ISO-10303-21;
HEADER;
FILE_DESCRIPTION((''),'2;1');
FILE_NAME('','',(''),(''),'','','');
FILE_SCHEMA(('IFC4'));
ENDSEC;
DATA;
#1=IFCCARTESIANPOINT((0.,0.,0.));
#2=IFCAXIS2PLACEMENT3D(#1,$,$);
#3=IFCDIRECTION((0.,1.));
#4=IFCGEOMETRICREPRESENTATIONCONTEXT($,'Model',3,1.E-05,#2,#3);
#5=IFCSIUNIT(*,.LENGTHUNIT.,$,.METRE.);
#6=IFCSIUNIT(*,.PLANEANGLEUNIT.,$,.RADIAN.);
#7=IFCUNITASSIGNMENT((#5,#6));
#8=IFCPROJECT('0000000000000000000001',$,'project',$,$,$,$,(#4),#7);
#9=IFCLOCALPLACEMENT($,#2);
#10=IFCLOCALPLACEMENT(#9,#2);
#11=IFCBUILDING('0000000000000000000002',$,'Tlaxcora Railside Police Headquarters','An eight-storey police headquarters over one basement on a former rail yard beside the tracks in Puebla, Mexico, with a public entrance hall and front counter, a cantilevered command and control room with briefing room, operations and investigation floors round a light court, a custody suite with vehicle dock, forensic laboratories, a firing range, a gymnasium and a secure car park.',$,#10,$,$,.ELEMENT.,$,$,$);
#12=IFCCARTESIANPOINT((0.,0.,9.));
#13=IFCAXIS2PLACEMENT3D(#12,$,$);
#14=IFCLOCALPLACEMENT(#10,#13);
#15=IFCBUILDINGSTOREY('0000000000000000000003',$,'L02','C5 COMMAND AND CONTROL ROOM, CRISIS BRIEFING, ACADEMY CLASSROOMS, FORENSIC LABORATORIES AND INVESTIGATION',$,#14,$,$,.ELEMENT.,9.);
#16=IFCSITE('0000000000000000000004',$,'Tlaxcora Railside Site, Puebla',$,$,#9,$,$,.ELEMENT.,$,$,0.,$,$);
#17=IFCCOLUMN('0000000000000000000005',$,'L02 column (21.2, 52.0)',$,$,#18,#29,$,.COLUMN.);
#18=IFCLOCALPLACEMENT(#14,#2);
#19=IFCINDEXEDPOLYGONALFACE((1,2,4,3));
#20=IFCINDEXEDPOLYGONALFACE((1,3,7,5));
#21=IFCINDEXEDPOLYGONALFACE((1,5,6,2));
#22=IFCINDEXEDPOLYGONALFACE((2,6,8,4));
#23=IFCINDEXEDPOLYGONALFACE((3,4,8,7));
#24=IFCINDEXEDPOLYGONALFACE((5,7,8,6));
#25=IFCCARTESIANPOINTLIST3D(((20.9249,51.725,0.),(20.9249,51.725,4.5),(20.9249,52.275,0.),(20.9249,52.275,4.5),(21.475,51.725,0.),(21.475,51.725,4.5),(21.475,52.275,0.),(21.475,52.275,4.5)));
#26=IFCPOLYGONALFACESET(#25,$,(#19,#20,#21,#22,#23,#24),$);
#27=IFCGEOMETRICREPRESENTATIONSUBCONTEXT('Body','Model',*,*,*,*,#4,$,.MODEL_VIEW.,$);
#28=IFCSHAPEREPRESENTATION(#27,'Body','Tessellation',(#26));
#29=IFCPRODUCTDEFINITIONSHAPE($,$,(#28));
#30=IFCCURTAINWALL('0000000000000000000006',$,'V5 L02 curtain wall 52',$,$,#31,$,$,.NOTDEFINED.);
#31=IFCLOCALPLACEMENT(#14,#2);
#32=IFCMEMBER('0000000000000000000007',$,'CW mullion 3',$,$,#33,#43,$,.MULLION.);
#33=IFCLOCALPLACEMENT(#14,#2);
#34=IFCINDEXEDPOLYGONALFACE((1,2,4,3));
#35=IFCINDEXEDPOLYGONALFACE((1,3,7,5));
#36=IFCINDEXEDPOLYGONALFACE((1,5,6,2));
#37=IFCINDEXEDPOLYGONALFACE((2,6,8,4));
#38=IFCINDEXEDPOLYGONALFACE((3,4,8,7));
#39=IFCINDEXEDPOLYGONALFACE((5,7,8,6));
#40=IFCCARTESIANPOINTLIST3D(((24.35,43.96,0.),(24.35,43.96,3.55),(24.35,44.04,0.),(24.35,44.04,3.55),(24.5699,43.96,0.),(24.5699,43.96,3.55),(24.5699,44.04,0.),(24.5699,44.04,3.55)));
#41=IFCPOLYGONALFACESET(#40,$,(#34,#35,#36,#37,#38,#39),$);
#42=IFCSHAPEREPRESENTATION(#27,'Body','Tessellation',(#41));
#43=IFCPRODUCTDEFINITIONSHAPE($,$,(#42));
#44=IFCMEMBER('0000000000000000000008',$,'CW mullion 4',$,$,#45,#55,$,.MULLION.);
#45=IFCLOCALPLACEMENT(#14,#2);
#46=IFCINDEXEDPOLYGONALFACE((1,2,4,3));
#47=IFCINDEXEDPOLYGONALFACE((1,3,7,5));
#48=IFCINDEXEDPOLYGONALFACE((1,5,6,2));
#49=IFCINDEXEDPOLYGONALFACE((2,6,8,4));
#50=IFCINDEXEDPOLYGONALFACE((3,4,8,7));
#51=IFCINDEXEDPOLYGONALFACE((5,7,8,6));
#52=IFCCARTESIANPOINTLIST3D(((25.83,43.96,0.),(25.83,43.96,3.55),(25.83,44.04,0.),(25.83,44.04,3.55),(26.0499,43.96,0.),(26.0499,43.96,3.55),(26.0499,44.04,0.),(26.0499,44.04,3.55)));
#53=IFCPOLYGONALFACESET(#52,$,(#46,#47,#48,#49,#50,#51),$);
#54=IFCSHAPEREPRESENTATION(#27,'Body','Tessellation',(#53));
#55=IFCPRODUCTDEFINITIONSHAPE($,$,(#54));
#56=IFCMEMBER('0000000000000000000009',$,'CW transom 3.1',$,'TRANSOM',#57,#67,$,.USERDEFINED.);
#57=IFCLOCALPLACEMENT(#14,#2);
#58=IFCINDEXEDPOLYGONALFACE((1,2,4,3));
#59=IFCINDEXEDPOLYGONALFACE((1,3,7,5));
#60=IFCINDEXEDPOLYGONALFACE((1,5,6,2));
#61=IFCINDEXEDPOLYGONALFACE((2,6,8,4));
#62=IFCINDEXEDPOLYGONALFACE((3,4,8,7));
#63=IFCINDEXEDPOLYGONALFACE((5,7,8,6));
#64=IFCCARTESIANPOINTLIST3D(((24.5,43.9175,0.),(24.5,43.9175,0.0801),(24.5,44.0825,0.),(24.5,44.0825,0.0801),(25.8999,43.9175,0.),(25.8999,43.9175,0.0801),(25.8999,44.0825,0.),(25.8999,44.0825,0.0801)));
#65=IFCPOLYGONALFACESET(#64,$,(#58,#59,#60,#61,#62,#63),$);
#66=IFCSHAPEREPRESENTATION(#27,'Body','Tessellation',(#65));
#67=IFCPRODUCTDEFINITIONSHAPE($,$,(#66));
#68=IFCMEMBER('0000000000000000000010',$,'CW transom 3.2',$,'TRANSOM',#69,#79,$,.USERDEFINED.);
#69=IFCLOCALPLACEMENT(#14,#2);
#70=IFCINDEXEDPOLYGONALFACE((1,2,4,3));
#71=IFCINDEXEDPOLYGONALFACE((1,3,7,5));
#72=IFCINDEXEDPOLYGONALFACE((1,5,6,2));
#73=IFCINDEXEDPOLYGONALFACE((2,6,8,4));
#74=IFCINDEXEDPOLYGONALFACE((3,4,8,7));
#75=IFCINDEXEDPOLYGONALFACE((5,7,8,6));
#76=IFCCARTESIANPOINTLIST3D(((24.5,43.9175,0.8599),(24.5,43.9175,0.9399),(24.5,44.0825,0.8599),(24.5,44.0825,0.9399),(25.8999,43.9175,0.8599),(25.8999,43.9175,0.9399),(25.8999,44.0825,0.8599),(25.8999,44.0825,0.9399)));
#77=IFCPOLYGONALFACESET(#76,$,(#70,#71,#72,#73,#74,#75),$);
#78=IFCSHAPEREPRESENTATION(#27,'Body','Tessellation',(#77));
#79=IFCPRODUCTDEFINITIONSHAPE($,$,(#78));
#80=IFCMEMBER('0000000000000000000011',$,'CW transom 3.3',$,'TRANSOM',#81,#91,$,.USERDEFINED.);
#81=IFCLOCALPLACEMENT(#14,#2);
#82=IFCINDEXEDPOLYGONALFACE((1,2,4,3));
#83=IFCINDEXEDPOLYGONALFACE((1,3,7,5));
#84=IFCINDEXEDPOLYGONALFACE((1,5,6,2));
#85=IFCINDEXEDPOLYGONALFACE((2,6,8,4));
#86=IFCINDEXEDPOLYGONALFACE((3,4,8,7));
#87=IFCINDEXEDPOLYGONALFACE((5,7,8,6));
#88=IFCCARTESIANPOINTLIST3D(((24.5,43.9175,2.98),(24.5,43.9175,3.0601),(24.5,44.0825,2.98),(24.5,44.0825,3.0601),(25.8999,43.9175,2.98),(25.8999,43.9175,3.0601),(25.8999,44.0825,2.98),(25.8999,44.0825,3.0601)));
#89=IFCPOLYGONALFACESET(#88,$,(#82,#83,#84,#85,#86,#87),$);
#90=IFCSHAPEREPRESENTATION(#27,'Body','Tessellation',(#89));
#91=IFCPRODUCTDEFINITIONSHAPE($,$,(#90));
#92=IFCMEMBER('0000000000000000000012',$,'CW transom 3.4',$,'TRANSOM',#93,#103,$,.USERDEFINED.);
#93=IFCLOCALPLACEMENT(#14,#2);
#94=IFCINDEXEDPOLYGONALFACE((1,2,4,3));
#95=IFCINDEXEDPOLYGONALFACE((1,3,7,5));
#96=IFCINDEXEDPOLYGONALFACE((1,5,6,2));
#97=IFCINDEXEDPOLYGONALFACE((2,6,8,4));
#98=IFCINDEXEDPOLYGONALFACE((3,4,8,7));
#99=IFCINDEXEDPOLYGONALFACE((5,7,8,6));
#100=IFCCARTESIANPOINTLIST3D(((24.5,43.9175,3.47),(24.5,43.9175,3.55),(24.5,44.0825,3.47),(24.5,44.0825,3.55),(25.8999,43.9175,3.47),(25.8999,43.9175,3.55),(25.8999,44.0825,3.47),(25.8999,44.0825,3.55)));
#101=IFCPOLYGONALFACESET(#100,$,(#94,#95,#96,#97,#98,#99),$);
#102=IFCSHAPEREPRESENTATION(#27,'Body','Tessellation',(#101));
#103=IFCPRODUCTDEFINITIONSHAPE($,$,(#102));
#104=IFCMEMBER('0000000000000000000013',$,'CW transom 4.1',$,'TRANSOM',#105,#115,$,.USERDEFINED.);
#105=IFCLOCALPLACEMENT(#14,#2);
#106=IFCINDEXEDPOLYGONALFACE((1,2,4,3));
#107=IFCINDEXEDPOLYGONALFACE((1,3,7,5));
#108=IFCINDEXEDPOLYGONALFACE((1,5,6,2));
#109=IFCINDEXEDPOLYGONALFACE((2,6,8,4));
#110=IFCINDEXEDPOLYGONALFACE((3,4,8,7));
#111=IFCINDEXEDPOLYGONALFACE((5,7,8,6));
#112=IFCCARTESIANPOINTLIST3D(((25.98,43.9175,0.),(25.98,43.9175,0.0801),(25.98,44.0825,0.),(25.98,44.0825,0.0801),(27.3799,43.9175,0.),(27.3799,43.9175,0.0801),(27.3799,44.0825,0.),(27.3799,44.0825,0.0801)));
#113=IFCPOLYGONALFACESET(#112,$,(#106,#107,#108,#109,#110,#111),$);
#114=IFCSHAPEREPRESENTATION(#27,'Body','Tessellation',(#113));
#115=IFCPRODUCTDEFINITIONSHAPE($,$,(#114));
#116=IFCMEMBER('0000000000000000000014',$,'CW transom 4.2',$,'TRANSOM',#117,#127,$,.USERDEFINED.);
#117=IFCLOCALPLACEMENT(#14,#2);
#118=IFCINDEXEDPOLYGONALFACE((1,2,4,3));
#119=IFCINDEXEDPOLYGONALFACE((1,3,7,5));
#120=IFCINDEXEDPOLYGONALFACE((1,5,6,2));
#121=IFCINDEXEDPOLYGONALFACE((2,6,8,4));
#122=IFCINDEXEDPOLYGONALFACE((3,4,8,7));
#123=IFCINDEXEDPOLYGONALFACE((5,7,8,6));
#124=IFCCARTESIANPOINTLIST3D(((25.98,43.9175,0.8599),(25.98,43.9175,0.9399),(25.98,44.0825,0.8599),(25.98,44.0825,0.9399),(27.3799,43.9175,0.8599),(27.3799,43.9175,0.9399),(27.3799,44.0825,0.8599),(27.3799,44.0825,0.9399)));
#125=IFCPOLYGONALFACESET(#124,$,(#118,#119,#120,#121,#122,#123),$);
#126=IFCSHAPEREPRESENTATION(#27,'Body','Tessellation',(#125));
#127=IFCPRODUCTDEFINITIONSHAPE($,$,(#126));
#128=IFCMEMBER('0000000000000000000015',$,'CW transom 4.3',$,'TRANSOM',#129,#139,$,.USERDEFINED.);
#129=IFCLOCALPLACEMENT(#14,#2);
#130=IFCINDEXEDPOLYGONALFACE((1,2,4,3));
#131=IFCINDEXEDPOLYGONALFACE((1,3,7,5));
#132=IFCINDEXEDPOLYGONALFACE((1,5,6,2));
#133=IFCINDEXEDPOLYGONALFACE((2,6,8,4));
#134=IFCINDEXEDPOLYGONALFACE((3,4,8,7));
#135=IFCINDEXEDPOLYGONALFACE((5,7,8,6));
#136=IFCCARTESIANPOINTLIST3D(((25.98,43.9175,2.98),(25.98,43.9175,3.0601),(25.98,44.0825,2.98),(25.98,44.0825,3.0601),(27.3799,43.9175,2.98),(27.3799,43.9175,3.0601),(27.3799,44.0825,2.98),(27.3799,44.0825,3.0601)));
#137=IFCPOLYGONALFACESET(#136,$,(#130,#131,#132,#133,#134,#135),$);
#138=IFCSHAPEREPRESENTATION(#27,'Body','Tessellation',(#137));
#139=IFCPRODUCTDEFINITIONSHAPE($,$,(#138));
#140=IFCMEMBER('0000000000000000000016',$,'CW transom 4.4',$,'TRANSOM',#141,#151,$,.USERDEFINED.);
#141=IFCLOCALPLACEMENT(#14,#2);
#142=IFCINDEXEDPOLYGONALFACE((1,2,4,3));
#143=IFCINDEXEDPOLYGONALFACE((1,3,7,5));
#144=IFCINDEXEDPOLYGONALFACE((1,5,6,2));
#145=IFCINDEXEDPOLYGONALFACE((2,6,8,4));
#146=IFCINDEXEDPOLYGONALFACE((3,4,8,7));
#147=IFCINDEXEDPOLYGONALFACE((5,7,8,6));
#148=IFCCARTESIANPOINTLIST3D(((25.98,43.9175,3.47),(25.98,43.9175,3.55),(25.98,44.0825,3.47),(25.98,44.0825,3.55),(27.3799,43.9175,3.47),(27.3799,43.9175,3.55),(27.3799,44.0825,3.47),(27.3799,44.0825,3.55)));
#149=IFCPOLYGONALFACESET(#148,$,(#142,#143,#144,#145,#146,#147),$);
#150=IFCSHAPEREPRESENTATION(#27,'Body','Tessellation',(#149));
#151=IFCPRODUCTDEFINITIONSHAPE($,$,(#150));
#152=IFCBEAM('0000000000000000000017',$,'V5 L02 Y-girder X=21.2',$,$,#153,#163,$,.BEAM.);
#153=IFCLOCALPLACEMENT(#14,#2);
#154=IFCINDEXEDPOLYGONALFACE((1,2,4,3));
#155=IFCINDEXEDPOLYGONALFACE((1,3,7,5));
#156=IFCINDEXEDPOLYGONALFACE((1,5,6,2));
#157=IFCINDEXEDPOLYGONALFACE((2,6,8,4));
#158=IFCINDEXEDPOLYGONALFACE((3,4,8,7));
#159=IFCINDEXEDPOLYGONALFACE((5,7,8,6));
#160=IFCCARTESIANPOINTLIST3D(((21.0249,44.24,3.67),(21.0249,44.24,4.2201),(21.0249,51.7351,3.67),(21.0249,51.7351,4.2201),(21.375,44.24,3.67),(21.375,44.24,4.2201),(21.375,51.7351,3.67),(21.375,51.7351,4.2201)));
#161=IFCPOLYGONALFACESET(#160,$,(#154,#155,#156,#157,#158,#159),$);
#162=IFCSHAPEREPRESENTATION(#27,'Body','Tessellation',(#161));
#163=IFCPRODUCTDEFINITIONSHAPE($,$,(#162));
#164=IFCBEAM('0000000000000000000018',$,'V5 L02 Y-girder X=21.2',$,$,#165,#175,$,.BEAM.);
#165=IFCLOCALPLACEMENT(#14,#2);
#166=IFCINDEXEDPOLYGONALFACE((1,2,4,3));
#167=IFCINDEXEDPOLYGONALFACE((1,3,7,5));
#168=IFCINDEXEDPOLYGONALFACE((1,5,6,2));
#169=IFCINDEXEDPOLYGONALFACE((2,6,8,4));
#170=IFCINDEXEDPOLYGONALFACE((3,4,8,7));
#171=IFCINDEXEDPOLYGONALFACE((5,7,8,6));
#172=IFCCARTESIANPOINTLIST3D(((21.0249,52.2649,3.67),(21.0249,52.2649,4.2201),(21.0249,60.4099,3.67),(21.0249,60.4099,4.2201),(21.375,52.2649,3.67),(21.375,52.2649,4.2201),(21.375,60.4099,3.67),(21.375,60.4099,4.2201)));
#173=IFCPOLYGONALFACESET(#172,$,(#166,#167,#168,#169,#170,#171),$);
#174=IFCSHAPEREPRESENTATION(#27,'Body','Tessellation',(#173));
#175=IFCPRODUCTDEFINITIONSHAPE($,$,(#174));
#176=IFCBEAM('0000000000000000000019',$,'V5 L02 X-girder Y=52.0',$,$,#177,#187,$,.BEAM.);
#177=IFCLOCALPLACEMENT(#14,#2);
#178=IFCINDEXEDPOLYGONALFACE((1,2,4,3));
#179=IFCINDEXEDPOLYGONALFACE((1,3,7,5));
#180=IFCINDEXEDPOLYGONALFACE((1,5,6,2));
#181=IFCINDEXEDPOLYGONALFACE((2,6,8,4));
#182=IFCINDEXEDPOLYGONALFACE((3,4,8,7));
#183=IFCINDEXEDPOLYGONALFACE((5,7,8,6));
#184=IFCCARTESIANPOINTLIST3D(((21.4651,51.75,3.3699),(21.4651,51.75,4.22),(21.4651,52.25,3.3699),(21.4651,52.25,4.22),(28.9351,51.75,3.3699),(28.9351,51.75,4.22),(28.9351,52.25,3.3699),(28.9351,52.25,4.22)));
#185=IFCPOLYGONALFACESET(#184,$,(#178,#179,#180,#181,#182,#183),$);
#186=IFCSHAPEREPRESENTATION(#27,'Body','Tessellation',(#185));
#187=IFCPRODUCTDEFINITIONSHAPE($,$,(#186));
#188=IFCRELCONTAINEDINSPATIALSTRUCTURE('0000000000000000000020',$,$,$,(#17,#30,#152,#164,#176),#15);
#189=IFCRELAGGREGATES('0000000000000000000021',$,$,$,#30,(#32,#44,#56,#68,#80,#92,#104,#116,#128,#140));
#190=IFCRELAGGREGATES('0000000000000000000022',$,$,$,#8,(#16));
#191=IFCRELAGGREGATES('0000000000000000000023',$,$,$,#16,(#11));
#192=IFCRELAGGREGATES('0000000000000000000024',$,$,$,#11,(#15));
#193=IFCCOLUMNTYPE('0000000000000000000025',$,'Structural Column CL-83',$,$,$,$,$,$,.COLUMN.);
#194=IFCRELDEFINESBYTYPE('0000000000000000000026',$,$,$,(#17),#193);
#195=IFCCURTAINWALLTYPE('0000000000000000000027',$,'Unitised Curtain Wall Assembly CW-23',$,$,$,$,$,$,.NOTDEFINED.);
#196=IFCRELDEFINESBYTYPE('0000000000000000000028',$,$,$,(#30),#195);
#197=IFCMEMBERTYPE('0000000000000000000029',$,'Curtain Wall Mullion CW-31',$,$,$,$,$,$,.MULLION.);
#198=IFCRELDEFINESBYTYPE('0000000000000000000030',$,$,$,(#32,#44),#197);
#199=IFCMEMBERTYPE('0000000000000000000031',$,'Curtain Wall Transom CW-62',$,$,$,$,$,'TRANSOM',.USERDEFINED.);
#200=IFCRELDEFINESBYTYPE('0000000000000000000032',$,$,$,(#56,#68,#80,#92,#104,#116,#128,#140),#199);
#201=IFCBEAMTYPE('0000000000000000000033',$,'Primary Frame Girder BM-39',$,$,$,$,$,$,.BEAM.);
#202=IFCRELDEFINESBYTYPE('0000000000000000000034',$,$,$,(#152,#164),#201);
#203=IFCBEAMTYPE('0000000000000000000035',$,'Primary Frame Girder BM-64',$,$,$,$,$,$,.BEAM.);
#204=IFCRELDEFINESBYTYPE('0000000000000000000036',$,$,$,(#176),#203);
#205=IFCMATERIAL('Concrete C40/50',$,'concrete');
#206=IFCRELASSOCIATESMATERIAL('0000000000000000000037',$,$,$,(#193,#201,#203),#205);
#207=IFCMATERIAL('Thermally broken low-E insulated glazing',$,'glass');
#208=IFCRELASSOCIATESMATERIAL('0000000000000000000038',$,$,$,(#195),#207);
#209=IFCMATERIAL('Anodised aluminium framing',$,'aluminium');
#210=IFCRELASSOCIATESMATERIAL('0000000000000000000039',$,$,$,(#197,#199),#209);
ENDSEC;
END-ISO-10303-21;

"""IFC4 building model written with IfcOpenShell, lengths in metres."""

from ifc_helpers import new_model, si_unit, direction, frame, origin, origin_2d, place, context, subcontext, project, spatial, rectangle, extrude, material, material_profile, profile_set, type_object, element, aggregate, save


model = new_model("IFC4")

# Units and contexts
model_context = context("Model", 3, precision=1e-05, world=origin(), true_north=direction((0.0, 1.0)))
body_context = subcontext(model_context, "Body", "Model", "MODEL_VIEW")
ifc_project = project(units=[si_unit("LENGTHUNIT", "METRE"), si_unit("PLANEANGLEUNIT", "RADIAN")], contexts=[model_context])

# Site, building, storey
site_placement = place(None, origin())
site = spatial("IfcSite", under=ifc_project, at=site_placement, Name="Tlaxcora Railside Site, Puebla", CompositionType="ELEMENT", RefElevation=0.0)
building_placement = place(site_placement, origin())
building = spatial("IfcBuilding", under=site, at=building_placement, Name="Tlaxcora Railside Police Headquarters", Description="An eight-storey police headquarters over one basement on a former rail yard beside the tracks in Puebla, Mexico, with a public entrance hall and front counter, a cantilevered command and control room with briefing room, operations and investigation floors round a light court, a custody suite with vehicle dock, forensic laboratories, a firing range, a gymnasium and a secure car park.", CompositionType="ELEMENT")
storey_placement = place(building_placement, frame((0.0, 0.0, 9.0)))
storey = spatial("IfcBuildingStorey", under=building, at=storey_placement, Name="L02", Description="C5 COMMAND AND CONTROL ROOM, CRISIS BRIEFING, ACADEMY CLASSROOMS, FORENSIC LABORATORIES AND INVESTIGATION", CompositionType="ELEMENT", Elevation=9.0)

# Column
ifc_material_1 = material(Name="Concrete C40/50", Category="concrete")
ifc_material_profile_1 = material_profile(ifc_material_1, rectangle(XDim=0.55, YDim=0.55, at=origin_2d()), Name="RC550X550")
ifc_profile_set_1 = profile_set([ifc_material_profile_1], Name="Concrete C40/50")
column_type = type_object("IfcColumnType", Name="Structural Column CL-83", PredefinedType="COLUMN", material=ifc_profile_set_1)
column_placement = place(storey_placement, frame((21.2, 52.0, 0.0), z_axis=(0.0, 0.0, 1.0), x_axis=(1.0, 0.0, 0.0)))
element("IfcColumn", 1, at=column_placement, inside=storey, type_object=column_type, Name="L02 column (21.2, 52.0)", PredefinedType="COLUMN", context=body_context, shape_type="SweptSolid", body=[
    extrude(rectangle(XDim=0.55, YDim=0.55, at=origin_2d()), origin(), (0.0, 0.0, 1.0), 4.5),
])

# Curtain wall, members
ifc_material_2 = material(Name="Thermally broken low-E insulated glazing", Category="glass")
curtain_wall_type = type_object("IfcCurtainWallType", Name="Unitised Curtain Wall Assembly CW-23", PredefinedType="NOTDEFINED", material=ifc_material_2)
curtain_wall_placement = place(storey_placement, origin())
curtain_wall = element("IfcCurtainWall", 2, at=curtain_wall_placement, inside=storey, type_object=curtain_wall_type, Name="V5 L02 curtain wall 52", PredefinedType="NOTDEFINED")
ifc_material_3 = material(Name="Anodised aluminium framing", Category="aluminium")
ifc_material_profile_2 = material_profile(ifc_material_3, rectangle(XDim=0.0801, YDim=0.22, at=origin_2d()), Name="AL80X220")
ifc_profile_set_2 = profile_set([ifc_material_profile_2], Name="Anodised aluminium framing")
member_type_1 = type_object("IfcMemberType", Name="Curtain Wall Mullion CW-31", PredefinedType="MULLION", material=ifc_profile_set_2)
member_1_placement = place(storey_placement, frame((24.46, 44.0, 0.0), z_axis=(0.0, 0.0, 1.0), x_axis=(0.0, 1.0, 0.0)))
member_1 = element("IfcMember", 3, at=member_1_placement, type_object=member_type_1, Name="CW mullion 3", PredefinedType="MULLION", context=body_context, shape_type="SweptSolid", body=[
    extrude(rectangle(XDim=0.0801, YDim=0.22, at=origin_2d()), origin(), (0.0, 0.0, 1.0), 3.55),
])
member_2_placement = place(storey_placement, frame((25.9399, 44.0, 0.0), z_axis=(0.0, 0.0, 1.0), x_axis=(0.0, 1.0, 0.0)))
member_2 = element("IfcMember", 4, at=member_2_placement, type_object=member_type_1, Name="CW mullion 4", PredefinedType="MULLION", context=body_context, shape_type="SweptSolid", body=[
    extrude(rectangle(XDim=0.0801, YDim=0.22, at=origin_2d()), origin(), (0.0, 0.0, 1.0), 3.55),
])
ifc_material_profile_3 = material_profile(ifc_material_3, rectangle(XDim=0.165, YDim=0.0801, at=origin_2d()), Name="AL80X165")
ifc_profile_set_3 = profile_set([ifc_material_profile_3], Name="Anodised aluminium framing")
member_type_2 = type_object("IfcMemberType", Name="Curtain Wall Transom CW-62", ElementType="TRANSOM", PredefinedType="USERDEFINED", material=ifc_profile_set_3)
member_3_placement = place(storey_placement, frame((24.5, 44.0, 0.04), z_axis=(1.0, 0.0, 0.0), x_axis=(0.0, 1.0, 0.0)))
member_3 = element("IfcMember", 5, at=member_3_placement, type_object=member_type_2, Name="CW transom 3.1", ObjectType="TRANSOM", PredefinedType="USERDEFINED", context=body_context, shape_type="SweptSolid", body=[
    extrude(rectangle(XDim=0.165, YDim=0.0801, at=origin_2d()), origin(), (0.0, 0.0, 1.0), 1.3999),
])
member_4_placement = place(storey_placement, frame((24.5, 44.0, 0.8999), z_axis=(1.0, 0.0, 0.0), x_axis=(0.0, 1.0, 0.0)))
member_4 = element("IfcMember", 6, at=member_4_placement, type_object=member_type_2, Name="CW transom 3.2", ObjectType="TRANSOM", PredefinedType="USERDEFINED", context=body_context, shape_type="SweptSolid", body=[
    extrude(rectangle(XDim=0.165, YDim=0.0801, at=origin_2d()), origin(), (0.0, 0.0, 1.0), 1.3999),
])
member_5_placement = place(storey_placement, frame((24.5, 44.0, 3.02), z_axis=(1.0, 0.0, 0.0), x_axis=(0.0, 1.0, 0.0)))
member_5 = element("IfcMember", 7, at=member_5_placement, type_object=member_type_2, Name="CW transom 3.3", ObjectType="TRANSOM", PredefinedType="USERDEFINED", context=body_context, shape_type="SweptSolid", body=[
    extrude(rectangle(XDim=0.165, YDim=0.0801, at=origin_2d()), origin(), (0.0, 0.0, 1.0), 1.3999),
])
member_6_placement = place(storey_placement, frame((24.5, 44.0, 3.51), z_axis=(1.0, 0.0, 0.0), x_axis=(0.0, 1.0, 0.0)))
member_6 = element("IfcMember", 8, at=member_6_placement, type_object=member_type_2, Name="CW transom 3.4", ObjectType="TRANSOM", PredefinedType="USERDEFINED", context=body_context, shape_type="SweptSolid", body=[
    extrude(rectangle(XDim=0.165, YDim=0.0801, at=origin_2d()), origin(), (0.0, 0.0, 1.0), 1.3999),
])
member_7_placement = place(storey_placement, frame((25.98, 44.0, 0.04), z_axis=(1.0, 0.0, 0.0), x_axis=(0.0, 1.0, 0.0)))
member_7 = element("IfcMember", 9, at=member_7_placement, type_object=member_type_2, Name="CW transom 4.1", ObjectType="TRANSOM", PredefinedType="USERDEFINED", context=body_context, shape_type="SweptSolid", body=[
    extrude(rectangle(XDim=0.165, YDim=0.0801, at=origin_2d()), origin(), (0.0, 0.0, 1.0), 1.3999),
])
member_8_placement = place(storey_placement, frame((25.98, 44.0, 0.8999), z_axis=(1.0, 0.0, 0.0), x_axis=(0.0, 1.0, 0.0)))
member_8 = element("IfcMember", 10, at=member_8_placement, type_object=member_type_2, Name="CW transom 4.2", ObjectType="TRANSOM", PredefinedType="USERDEFINED", context=body_context, shape_type="SweptSolid", body=[
    extrude(rectangle(XDim=0.165, YDim=0.0801, at=origin_2d()), origin(), (0.0, 0.0, 1.0), 1.3999),
])
member_9_placement = place(storey_placement, frame((25.98, 44.0, 3.02), z_axis=(1.0, 0.0, 0.0), x_axis=(0.0, 1.0, 0.0)))
member_9 = element("IfcMember", 11, at=member_9_placement, type_object=member_type_2, Name="CW transom 4.3", ObjectType="TRANSOM", PredefinedType="USERDEFINED", context=body_context, shape_type="SweptSolid", body=[
    extrude(rectangle(XDim=0.165, YDim=0.0801, at=origin_2d()), origin(), (0.0, 0.0, 1.0), 1.3999),
])
member_10_placement = place(storey_placement, frame((25.98, 44.0, 3.51), z_axis=(1.0, 0.0, 0.0), x_axis=(0.0, 1.0, 0.0)))
member_10 = element("IfcMember", 12, at=member_10_placement, type_object=member_type_2, Name="CW transom 4.4", ObjectType="TRANSOM", PredefinedType="USERDEFINED", context=body_context, shape_type="SweptSolid", body=[
    extrude(rectangle(XDim=0.165, YDim=0.0801, at=origin_2d()), origin(), (0.0, 0.0, 1.0), 1.3999),
])

# Beams
ifc_material_profile_4 = material_profile(ifc_material_1, rectangle(XDim=0.3501, YDim=0.55, at=origin_2d()), Name="RC350X550")
ifc_profile_set_4 = profile_set([ifc_material_profile_4], Name="Concrete C40/50")
beam_type_1 = type_object("IfcBeamType", Name="Primary Frame Girder BM-39", PredefinedType="BEAM", material=ifc_profile_set_4)
beam_1_placement = place(storey_placement, frame((21.2, 44.24, 3.9451), z_axis=(0.0, 1.0, 0.0), x_axis=(-1.0, 0.0, 0.0)))
element("IfcBeam", 13, at=beam_1_placement, inside=storey, type_object=beam_type_1, Name="V5 L02 Y-girder X=21.2", PredefinedType="BEAM", context=body_context, shape_type="SweptSolid", body=[
    extrude(rectangle(XDim=0.3501, YDim=0.55, at=origin_2d()), origin(), (0.0, 0.0, 1.0), 7.4951),
])
beam_2_placement = place(storey_placement, frame((21.2, 52.2649, 3.9451), z_axis=(0.0, 1.0, 0.0), x_axis=(-1.0, 0.0, 0.0)))
element("IfcBeam", 14, at=beam_2_placement, inside=storey, type_object=beam_type_1, Name="V5 L02 Y-girder X=21.2", PredefinedType="BEAM", context=body_context, shape_type="SweptSolid", body=[
    extrude(rectangle(XDim=0.3501, YDim=0.55, at=origin_2d()), origin(), (0.0, 0.0, 1.0), 8.145),
])
ifc_material_profile_5 = material_profile(ifc_material_1, rectangle(XDim=0.5, YDim=0.8501, at=origin_2d()), Name="RC500X850")
ifc_profile_set_5 = profile_set([ifc_material_profile_5], Name="Concrete C40/50")
beam_type_2 = type_object("IfcBeamType", Name="Primary Frame Girder BM-64", PredefinedType="BEAM", material=ifc_profile_set_5)
beam_3_placement = place(storey_placement, frame((21.4651, 52.0, 3.7949), z_axis=(1.0, 0.0, 0.0), x_axis=(0.0, 1.0, 0.0)))
element("IfcBeam", 15, at=beam_3_placement, inside=storey, type_object=beam_type_2, Name="V5 L02 X-girder Y=52.0", PredefinedType="BEAM", context=body_context, shape_type="SweptSolid", body=[
    extrude(rectangle(XDim=0.5, YDim=0.8501, at=origin_2d()), origin(), (0.0, 0.0, 1.0), 7.47),
])

aggregate(curtain_wall, [member_1, member_2, member_3, member_4, member_5, member_6, member_7, member_8, member_9, member_10])

save(model, "model.ifc")
